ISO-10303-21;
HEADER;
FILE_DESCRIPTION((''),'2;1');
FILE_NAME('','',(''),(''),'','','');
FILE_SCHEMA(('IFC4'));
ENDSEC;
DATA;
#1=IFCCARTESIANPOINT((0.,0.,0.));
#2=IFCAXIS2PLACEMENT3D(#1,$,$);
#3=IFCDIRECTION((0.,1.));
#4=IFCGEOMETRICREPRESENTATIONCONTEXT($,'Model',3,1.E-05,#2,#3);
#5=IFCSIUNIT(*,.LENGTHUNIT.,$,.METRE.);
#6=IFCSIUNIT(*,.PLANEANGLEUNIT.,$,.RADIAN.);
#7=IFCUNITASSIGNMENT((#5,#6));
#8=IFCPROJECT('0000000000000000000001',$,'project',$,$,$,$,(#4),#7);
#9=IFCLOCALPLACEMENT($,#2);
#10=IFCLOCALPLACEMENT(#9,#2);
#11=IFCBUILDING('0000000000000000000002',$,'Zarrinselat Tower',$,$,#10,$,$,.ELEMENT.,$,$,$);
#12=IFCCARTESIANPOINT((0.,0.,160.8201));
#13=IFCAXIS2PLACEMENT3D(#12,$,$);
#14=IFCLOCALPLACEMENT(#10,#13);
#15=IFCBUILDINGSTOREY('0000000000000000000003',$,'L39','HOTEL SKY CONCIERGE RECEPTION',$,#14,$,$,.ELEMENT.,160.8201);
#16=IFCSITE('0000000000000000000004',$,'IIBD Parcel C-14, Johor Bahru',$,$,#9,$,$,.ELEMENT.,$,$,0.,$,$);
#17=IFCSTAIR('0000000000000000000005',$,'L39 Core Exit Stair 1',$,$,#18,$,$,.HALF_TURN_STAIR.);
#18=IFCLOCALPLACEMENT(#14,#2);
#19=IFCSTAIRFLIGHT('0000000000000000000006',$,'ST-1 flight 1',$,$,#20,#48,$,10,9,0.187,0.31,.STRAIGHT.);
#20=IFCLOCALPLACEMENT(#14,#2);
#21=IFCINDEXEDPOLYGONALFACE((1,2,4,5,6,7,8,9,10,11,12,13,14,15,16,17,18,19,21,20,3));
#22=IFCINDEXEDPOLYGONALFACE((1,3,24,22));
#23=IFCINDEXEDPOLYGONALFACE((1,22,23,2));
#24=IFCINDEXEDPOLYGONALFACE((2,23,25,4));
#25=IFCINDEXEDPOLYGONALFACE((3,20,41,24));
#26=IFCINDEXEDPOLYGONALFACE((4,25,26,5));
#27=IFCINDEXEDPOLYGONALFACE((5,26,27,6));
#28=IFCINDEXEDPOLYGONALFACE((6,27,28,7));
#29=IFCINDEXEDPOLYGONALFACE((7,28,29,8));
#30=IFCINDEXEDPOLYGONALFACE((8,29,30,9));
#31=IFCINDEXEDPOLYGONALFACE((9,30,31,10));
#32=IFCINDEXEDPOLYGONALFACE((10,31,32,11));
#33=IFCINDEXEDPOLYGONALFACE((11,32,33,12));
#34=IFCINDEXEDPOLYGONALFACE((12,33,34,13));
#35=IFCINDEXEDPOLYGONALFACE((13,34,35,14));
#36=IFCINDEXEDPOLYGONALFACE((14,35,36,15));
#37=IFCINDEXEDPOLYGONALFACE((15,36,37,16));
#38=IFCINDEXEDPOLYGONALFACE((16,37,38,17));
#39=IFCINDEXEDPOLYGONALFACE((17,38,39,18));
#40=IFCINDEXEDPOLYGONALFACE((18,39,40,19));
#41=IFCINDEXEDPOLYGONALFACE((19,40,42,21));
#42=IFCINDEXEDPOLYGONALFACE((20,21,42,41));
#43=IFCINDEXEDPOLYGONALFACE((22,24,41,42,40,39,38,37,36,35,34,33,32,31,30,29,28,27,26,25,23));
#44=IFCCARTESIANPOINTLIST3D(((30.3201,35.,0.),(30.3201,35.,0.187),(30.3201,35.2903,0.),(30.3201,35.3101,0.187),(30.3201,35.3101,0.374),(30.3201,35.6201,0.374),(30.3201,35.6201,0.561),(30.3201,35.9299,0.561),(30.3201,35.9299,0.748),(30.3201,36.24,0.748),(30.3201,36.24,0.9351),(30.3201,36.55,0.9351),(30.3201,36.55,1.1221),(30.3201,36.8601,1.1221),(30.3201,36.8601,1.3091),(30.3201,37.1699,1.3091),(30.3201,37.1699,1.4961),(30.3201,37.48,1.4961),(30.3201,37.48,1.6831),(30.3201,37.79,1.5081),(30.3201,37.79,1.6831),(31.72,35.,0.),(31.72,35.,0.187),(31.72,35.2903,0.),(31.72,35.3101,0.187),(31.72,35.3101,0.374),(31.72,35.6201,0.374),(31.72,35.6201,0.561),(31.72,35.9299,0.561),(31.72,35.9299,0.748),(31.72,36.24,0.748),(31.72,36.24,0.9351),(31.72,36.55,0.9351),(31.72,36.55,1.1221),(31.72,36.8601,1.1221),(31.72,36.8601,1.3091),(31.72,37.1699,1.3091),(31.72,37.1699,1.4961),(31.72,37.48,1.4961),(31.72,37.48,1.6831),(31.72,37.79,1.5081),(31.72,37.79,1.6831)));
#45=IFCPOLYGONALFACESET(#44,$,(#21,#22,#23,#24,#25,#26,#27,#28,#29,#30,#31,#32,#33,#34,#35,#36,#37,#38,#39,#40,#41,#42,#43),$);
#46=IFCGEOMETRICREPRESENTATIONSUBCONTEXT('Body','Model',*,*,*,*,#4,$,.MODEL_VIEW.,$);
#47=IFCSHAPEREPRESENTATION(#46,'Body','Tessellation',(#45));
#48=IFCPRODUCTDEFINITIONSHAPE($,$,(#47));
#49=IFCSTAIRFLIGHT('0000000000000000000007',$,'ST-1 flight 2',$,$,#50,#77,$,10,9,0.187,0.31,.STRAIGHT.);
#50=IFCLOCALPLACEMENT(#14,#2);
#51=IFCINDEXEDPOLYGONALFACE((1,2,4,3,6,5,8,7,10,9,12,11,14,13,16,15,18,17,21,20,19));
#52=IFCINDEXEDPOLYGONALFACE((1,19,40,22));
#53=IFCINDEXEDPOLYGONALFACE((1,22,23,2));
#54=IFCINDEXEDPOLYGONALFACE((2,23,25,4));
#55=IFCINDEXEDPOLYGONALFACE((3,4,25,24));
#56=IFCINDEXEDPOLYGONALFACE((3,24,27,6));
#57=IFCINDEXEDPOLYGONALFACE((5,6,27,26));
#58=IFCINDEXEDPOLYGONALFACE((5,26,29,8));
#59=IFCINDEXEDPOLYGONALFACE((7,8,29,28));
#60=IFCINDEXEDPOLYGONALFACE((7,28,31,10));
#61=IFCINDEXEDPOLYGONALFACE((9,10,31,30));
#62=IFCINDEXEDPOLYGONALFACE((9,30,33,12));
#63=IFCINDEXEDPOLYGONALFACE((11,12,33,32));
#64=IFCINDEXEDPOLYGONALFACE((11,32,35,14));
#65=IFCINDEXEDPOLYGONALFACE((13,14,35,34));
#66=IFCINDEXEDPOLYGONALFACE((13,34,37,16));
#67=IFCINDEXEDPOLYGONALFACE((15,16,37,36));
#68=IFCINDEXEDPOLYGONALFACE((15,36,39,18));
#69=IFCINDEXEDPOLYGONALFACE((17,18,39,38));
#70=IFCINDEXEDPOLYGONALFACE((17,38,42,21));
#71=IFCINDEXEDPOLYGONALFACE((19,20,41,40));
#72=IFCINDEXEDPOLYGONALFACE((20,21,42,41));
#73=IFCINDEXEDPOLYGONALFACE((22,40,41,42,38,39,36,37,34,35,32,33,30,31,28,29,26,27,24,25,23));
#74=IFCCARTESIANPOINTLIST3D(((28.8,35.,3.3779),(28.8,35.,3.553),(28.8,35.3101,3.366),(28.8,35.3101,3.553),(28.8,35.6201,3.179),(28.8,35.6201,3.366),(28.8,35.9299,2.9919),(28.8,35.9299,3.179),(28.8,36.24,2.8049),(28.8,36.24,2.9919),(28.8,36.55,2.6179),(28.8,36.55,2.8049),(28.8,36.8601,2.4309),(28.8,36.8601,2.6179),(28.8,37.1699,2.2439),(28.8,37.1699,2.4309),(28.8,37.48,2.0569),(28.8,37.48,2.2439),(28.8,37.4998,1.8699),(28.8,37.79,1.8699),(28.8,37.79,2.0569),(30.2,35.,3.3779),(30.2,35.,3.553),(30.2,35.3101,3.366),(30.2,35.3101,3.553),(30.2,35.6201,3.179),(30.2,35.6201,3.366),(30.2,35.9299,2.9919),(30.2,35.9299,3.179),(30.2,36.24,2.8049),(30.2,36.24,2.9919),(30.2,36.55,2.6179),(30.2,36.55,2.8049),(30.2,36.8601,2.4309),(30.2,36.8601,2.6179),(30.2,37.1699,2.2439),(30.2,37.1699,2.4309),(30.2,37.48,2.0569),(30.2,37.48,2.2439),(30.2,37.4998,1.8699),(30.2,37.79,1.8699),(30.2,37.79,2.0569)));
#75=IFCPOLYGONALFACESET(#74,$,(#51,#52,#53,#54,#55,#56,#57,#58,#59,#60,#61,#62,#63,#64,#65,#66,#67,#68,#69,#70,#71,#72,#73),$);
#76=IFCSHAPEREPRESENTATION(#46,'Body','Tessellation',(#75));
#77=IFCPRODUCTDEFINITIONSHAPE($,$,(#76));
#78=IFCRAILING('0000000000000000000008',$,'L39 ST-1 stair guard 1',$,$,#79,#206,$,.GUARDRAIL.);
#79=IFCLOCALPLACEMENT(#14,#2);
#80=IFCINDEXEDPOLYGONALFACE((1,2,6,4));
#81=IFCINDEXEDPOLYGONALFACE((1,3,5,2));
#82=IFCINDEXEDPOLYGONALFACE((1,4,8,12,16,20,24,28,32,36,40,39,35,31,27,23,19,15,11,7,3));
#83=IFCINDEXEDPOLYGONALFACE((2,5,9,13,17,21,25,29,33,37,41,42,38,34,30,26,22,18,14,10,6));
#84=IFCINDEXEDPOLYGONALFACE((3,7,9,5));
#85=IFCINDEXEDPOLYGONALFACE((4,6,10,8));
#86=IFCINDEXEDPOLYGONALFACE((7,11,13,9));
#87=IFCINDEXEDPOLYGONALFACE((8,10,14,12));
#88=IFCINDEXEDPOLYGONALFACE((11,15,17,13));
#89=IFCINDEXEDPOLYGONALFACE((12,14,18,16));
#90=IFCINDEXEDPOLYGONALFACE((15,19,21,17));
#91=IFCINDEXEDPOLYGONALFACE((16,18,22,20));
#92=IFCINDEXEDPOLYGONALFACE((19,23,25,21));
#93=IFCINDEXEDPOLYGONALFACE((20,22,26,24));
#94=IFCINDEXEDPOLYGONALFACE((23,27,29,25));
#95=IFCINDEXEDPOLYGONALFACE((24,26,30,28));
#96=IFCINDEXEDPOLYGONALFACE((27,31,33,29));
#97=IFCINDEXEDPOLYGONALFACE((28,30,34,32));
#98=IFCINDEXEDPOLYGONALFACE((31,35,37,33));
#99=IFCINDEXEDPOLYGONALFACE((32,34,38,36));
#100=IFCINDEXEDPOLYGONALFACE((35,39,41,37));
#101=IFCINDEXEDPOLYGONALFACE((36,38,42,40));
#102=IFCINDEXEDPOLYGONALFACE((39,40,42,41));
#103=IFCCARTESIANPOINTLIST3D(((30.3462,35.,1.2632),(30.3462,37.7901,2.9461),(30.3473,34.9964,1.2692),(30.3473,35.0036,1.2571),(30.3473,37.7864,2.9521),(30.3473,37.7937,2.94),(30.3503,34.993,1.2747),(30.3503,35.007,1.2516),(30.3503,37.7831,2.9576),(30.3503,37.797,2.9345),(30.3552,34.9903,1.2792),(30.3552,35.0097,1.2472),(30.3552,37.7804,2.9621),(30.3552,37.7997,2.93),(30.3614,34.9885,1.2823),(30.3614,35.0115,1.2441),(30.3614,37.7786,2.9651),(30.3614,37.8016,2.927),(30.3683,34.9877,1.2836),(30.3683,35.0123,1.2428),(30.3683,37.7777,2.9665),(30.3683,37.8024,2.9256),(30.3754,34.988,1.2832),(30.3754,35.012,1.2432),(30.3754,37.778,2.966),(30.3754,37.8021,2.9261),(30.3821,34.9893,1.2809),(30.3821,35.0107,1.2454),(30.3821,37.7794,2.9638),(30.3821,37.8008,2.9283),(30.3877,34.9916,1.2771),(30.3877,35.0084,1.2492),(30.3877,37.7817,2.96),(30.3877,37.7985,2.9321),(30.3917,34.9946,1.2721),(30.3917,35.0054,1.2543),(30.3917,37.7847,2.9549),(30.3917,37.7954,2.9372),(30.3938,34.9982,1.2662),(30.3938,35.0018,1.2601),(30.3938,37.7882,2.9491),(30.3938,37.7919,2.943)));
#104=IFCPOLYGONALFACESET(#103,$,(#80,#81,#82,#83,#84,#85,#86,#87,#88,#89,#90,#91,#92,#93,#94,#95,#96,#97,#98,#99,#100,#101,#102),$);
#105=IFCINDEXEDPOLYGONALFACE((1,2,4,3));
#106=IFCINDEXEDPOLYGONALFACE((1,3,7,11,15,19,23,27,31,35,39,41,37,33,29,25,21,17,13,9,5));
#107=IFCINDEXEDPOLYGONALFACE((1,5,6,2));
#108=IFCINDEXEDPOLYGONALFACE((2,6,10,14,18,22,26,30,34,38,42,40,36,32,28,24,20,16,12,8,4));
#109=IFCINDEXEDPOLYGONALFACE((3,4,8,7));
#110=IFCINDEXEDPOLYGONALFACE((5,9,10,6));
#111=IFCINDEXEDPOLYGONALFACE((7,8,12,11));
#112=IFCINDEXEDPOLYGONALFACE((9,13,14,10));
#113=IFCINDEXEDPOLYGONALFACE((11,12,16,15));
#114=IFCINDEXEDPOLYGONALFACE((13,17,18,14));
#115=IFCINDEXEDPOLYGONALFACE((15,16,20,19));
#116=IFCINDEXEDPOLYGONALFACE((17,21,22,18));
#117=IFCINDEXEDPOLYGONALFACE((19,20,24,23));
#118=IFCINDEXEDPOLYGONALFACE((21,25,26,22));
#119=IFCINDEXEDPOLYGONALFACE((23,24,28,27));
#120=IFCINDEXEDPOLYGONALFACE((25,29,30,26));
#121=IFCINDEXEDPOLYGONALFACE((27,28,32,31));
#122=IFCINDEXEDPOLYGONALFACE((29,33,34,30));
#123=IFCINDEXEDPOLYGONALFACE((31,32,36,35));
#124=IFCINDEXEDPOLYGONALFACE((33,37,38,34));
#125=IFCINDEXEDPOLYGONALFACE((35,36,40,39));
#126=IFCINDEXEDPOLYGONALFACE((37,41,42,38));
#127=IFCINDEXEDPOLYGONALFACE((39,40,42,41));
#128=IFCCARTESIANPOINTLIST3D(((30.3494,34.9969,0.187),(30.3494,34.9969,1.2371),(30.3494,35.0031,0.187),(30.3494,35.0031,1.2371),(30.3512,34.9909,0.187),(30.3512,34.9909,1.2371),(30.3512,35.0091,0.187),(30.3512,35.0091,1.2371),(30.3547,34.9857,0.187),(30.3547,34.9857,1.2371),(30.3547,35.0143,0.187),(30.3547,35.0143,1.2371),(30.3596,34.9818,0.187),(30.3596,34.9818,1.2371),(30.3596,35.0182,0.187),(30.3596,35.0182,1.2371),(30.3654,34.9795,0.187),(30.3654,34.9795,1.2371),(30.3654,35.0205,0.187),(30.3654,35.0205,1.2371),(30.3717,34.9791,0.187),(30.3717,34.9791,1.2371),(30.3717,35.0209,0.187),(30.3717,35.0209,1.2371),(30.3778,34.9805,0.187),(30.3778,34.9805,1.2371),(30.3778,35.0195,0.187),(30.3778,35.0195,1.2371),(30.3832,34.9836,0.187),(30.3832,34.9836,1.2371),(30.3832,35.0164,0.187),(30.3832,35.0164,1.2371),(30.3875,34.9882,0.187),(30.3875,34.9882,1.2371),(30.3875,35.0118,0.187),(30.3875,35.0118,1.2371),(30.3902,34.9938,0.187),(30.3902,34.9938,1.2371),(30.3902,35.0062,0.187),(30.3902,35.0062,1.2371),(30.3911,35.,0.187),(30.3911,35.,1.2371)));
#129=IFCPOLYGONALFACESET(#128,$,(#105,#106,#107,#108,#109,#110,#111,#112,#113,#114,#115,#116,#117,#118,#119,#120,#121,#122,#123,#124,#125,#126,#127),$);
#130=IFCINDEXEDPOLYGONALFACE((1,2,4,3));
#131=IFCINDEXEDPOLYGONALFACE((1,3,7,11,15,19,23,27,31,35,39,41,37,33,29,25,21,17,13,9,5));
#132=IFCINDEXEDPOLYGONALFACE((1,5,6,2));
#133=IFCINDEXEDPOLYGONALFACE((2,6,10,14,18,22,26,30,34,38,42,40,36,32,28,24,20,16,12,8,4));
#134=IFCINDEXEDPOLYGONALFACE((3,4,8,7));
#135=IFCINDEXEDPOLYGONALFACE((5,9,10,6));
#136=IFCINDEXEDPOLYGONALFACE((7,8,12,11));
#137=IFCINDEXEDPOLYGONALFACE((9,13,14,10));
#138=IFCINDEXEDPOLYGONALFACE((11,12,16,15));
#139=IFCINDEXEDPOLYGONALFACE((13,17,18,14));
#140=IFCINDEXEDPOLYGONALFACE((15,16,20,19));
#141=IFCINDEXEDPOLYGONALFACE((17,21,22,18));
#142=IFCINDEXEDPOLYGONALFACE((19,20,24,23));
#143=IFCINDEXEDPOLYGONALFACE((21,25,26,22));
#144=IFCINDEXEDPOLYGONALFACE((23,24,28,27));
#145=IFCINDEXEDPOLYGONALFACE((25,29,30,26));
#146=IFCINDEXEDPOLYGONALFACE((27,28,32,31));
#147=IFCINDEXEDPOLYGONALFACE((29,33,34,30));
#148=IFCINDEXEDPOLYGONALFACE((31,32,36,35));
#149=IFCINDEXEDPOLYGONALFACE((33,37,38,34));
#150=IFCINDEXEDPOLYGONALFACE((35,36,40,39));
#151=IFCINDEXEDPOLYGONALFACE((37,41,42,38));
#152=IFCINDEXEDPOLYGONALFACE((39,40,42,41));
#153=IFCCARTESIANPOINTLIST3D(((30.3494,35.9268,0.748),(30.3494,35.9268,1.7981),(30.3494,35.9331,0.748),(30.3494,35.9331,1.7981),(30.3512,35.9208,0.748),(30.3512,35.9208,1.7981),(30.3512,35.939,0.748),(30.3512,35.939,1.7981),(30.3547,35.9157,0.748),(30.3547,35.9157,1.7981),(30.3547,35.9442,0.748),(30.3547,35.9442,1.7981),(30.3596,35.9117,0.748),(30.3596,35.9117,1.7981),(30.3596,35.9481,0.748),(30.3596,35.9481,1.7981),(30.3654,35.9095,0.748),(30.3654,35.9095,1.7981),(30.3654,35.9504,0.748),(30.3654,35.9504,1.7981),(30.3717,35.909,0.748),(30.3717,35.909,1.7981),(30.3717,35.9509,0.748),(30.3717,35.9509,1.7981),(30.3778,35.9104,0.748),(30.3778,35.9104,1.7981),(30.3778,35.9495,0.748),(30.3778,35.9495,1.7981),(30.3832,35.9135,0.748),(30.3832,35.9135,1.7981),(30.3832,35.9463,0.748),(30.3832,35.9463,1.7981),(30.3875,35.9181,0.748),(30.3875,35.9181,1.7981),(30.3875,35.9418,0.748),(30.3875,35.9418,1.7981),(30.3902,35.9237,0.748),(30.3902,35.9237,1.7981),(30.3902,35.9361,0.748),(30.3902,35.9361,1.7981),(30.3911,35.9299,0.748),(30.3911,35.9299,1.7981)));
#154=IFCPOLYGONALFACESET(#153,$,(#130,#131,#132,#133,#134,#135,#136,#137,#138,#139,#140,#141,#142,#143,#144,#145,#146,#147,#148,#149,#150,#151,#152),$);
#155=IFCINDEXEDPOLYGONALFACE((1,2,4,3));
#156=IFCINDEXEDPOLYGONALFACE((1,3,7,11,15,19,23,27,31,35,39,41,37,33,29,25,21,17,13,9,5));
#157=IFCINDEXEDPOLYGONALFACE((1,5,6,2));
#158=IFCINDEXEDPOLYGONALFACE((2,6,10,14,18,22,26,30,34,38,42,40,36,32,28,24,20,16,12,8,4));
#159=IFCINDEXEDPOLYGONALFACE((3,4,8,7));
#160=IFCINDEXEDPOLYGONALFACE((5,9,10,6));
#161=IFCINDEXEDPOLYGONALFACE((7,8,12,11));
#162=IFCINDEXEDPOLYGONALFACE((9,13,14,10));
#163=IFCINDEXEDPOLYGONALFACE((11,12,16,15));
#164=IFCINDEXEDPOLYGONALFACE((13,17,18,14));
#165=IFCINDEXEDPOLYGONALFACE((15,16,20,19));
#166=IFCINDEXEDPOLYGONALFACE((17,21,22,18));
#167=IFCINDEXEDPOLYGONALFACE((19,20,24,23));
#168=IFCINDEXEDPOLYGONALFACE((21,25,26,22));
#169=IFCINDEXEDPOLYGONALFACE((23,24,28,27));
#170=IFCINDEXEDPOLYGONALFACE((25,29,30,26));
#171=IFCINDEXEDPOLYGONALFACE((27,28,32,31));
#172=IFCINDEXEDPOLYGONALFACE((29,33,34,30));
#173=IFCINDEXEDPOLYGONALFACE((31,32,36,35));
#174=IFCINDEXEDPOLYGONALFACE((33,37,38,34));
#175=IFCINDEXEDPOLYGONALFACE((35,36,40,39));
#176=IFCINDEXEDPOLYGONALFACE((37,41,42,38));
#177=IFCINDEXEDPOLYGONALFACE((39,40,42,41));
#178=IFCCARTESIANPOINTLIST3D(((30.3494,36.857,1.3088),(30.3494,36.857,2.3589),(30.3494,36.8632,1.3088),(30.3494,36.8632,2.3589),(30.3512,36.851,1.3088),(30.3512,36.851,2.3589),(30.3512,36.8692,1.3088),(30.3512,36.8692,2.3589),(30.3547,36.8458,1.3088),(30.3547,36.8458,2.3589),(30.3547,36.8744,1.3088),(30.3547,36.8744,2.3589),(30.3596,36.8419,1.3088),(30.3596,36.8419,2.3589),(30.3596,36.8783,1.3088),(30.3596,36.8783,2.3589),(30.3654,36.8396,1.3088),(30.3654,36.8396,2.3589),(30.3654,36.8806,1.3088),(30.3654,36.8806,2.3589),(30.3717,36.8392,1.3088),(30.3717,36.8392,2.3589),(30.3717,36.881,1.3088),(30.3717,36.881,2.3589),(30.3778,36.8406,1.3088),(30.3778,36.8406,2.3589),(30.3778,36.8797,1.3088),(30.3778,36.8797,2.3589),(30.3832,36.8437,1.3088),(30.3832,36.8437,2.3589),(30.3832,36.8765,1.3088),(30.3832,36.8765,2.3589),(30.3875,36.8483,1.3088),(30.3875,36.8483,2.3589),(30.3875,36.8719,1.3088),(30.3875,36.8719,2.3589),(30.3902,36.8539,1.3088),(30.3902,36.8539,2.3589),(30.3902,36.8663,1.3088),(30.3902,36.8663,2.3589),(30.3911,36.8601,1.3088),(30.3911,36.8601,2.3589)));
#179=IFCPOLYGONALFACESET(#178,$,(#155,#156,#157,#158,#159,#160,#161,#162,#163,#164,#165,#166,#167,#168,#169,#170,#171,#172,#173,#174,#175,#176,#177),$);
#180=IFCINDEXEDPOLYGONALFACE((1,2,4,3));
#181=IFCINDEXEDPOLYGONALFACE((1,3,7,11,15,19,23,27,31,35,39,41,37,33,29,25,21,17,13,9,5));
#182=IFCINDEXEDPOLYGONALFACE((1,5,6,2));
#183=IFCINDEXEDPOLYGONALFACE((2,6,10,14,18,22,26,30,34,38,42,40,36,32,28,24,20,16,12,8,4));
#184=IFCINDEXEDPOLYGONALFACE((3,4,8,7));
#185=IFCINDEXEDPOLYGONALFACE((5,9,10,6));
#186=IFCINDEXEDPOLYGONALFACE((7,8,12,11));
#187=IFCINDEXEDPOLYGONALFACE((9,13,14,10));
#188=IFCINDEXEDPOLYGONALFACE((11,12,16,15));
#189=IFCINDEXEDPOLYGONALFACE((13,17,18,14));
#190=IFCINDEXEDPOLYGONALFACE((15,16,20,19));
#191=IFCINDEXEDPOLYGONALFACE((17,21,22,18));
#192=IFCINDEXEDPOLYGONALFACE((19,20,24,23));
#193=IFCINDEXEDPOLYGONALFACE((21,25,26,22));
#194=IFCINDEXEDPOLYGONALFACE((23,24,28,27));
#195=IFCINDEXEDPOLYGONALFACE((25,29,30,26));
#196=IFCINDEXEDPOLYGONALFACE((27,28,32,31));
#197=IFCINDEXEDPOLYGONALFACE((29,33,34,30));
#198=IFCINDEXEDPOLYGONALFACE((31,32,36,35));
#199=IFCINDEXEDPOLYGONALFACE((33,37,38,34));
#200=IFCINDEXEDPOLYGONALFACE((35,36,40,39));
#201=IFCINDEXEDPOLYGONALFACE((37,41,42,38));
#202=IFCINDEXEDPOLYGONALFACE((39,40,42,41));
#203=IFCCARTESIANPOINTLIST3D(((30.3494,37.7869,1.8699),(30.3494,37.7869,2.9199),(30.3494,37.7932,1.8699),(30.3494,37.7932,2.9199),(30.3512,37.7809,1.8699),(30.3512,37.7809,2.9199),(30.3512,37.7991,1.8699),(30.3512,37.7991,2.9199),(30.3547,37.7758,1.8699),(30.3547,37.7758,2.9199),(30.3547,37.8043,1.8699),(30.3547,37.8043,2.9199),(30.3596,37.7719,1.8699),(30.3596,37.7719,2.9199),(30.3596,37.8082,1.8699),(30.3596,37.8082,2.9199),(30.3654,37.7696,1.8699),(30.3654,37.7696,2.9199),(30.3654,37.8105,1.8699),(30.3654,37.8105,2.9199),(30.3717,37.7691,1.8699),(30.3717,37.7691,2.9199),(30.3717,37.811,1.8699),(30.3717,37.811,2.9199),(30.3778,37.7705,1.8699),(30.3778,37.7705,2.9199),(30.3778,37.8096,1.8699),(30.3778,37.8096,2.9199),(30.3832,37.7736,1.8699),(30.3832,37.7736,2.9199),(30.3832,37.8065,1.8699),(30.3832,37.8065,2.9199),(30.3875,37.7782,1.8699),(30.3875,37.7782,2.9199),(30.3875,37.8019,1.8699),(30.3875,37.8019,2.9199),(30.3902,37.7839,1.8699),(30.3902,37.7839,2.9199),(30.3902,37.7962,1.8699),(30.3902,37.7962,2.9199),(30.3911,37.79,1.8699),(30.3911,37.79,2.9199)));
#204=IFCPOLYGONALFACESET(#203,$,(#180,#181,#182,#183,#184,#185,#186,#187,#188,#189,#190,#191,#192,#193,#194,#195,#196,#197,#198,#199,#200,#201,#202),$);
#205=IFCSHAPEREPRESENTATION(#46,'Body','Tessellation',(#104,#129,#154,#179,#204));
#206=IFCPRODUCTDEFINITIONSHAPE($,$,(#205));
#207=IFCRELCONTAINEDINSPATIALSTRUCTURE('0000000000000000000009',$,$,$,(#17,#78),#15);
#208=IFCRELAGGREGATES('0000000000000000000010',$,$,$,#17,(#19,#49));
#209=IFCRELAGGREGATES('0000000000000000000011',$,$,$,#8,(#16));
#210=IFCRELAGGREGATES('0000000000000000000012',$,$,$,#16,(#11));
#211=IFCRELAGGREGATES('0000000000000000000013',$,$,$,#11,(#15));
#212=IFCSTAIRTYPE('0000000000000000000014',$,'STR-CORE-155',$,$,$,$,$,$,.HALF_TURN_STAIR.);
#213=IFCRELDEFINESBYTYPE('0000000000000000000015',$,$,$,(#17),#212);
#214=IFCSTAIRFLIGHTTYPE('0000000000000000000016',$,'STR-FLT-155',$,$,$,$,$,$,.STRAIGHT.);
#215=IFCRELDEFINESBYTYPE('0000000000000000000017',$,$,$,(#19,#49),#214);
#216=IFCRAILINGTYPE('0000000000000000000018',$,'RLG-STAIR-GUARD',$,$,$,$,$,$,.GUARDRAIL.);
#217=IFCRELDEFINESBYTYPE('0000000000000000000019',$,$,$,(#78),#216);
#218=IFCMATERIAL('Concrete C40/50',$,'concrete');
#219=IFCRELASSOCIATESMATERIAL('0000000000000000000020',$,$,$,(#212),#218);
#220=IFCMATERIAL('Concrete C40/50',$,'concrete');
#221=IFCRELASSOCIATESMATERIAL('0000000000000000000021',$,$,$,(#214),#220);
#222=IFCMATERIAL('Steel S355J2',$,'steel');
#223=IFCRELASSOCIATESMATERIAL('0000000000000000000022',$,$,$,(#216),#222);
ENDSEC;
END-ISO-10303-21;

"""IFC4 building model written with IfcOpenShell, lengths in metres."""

from ifc_helpers import new_model, si_unit, direction, frame, origin, origin_2d, place, context, subcontext, project, spatial, polyline, circle, outline, extrude, material, type_object, element, aggregate, save


model = new_model("IFC4")

# Units and contexts
model_context = context("Model", 3, precision=1e-05, world=origin(), true_north=direction((0.0, 1.0)))
body_context = subcontext(model_context, "Body", "Model", "MODEL_VIEW")
ifc_project = project(units=[si_unit("LENGTHUNIT", "METRE"), si_unit("PLANEANGLEUNIT", "RADIAN")], contexts=[model_context])

# Site, building, storey
site_placement = place(None, origin())
site = spatial("IfcSite", under=ifc_project, at=site_placement, Name="IIBD Parcel C-14, Johor Bahru", CompositionType="ELEMENT", RefElevation=0.0)
building_placement = place(site_placement, origin())
building = spatial("IfcBuilding", under=site, at=building_placement, Name="Zarrinselat Tower", CompositionType="ELEMENT")
storey_placement = place(building_placement, frame((0.0, 0.0, 160.8201)))
storey = spatial("IfcBuildingStorey", under=building, at=storey_placement, Name="L39", Description="HOTEL SKY CONCIERGE RECEPTION", CompositionType="ELEMENT", Elevation=160.8201)

# Stair, stair flights
ifc_material_1 = material(Name="Concrete C40/50", Category="concrete")
stair_type = type_object("IfcStairType", Name="STR-CORE-155", PredefinedType="HALF_TURN_STAIR", material=ifc_material_1)
stair_placement = place(storey_placement, origin())
stair = element("IfcStair", 1, at=stair_placement, inside=storey, type_object=stair_type, Name="L39 Core Exit Stair 1", PredefinedType="HALF_TURN_STAIR")
ifc_material_2 = material(Name="Concrete C40/50", Category="concrete")
stair_flight_type = type_object("IfcStairFlightType", Name="STR-FLT-155", PredefinedType="STRAIGHT", material=ifc_material_2)
stair_flight_1_placement = place(storey_placement, frame((31.02, 35.0, 0.0), z_axis=(0.0, 0.0, 1.0), x_axis=(0.0, 1.0, 0.0)))
stair_flight_1 = element("IfcStairFlight", 2, at=stair_flight_1_placement, type_object=stair_flight_type, Name="ST-1 flight 1", NumberOfRisers=10, NumberOfTreads=9, PredefinedType="STRAIGHT", RiserHeight=0.187, TreadLength=0.31, context=body_context, shape_type="SweptSolid", body=[
    extrude(outline(polyline([(0.0, 0.0), (0.0, 0.187), (0.3101, 0.187), (0.3101, 0.374), (0.6201, 0.374), (0.6201, 0.561), (0.9299, 0.561), (0.9299, 0.748), (1.24, 0.748), (1.24, 0.9351), (1.55, 0.9351), (1.55, 1.1221), (1.8601, 1.1221), (1.8601, 1.3091), (2.1699, 1.3091), (2.1699, 1.4961), (2.48, 1.4961), (2.48, 1.6831), (2.79, 1.6831), (2.79, 1.8701), (2.79, 1.5081), (0.2903, 0.0), (0.0, 0.0)])), frame((0.0, 0.7, 0.0), z_axis=(0.0, -1.0, 0.0), x_axis=(1.0, 0.0, 0.0)), (0.0, 0.0, 1.0), 1.3999),
])
stair_flight_2_placement = place(storey_placement, frame((29.5, 37.79, 1.8699), z_axis=(0.0, 0.0, 1.0), x_axis=(0.0, -1.0, 0.0)))
stair_flight_2 = element("IfcStairFlight", 3, at=stair_flight_2_placement, type_object=stair_flight_type, Name="ST-1 flight 2", NumberOfRisers=10, NumberOfTreads=9, PredefinedType="STRAIGHT", RiserHeight=0.187, TreadLength=0.31, context=body_context, shape_type="SweptSolid", body=[
    extrude(outline(polyline([(0.0, 0.0), (0.0, 0.187), (0.3101, 0.187), (0.3101, 0.374), (0.6201, 0.374), (0.6201, 0.561), (0.9299, 0.561), (0.9299, 0.748), (1.24, 0.748), (1.24, 0.9351), (1.55, 0.9351), (1.55, 1.1221), (1.8601, 1.1221), (1.8601, 1.3091), (2.1699, 1.3091), (2.1699, 1.4961), (2.48, 1.4961), (2.48, 1.6831), (2.79, 1.6831), (2.79, 1.8701), (2.79, 1.5081), (0.2903, 0.0), (0.0, 0.0)])), frame((0.0, 0.7, 0.0), z_axis=(0.0, -1.0, 0.0), x_axis=(1.0, 0.0, 0.0)), (0.0, 0.0, 1.0), 1.3999),
])
aggregate(stair, [stair_flight_1, stair_flight_2])

# Railing
ifc_material_3 = material(Name="Steel S355J2", Category="steel")
railing_type_1 = type_object("IfcRailingType", Name="RLG-STAIR-GUARD", PredefinedType="GUARDRAIL", material=ifc_material_3)
railing_1_placement = place(storey_placement, frame((30.3701, 35.0, 0.187)))
element("IfcRailing", 4, at=railing_1_placement, inside=storey, type_object=railing_type_1, Name="L39 ST-1 stair guard 1", PredefinedType="GUARDRAIL", context=body_context, shape_type="SweptSolid", body=[
    extrude(circle(Radius=0.0239, at=origin_2d()), frame((0.0, 0.0, 1.0762), z_axis=(0.0, 0.856294, 0.516489), x_axis=(-1.0, 0.0, 0.0)), (0.0, 0.0, 1.0), 3.2583),
    extrude(circle(Radius=0.021, at=origin_2d()), origin(), (0.0, 0.0, 1.0), 1.05),
    extrude(circle(Radius=0.021, at=origin_2d()), frame((0.0, 0.9299, 0.561)), (0.0, 0.0, 1.0), 1.05),
    extrude(circle(Radius=0.021, at=origin_2d()), frame((0.0, 1.8601, 1.1218)), (0.0, 0.0, 1.0), 1.05),
    extrude(circle(Radius=0.021, at=origin_2d()), frame((0.0, 2.79, 1.6829)), (0.0, 0.0, 1.0), 1.05),
])

save(model, "model.ifc")
